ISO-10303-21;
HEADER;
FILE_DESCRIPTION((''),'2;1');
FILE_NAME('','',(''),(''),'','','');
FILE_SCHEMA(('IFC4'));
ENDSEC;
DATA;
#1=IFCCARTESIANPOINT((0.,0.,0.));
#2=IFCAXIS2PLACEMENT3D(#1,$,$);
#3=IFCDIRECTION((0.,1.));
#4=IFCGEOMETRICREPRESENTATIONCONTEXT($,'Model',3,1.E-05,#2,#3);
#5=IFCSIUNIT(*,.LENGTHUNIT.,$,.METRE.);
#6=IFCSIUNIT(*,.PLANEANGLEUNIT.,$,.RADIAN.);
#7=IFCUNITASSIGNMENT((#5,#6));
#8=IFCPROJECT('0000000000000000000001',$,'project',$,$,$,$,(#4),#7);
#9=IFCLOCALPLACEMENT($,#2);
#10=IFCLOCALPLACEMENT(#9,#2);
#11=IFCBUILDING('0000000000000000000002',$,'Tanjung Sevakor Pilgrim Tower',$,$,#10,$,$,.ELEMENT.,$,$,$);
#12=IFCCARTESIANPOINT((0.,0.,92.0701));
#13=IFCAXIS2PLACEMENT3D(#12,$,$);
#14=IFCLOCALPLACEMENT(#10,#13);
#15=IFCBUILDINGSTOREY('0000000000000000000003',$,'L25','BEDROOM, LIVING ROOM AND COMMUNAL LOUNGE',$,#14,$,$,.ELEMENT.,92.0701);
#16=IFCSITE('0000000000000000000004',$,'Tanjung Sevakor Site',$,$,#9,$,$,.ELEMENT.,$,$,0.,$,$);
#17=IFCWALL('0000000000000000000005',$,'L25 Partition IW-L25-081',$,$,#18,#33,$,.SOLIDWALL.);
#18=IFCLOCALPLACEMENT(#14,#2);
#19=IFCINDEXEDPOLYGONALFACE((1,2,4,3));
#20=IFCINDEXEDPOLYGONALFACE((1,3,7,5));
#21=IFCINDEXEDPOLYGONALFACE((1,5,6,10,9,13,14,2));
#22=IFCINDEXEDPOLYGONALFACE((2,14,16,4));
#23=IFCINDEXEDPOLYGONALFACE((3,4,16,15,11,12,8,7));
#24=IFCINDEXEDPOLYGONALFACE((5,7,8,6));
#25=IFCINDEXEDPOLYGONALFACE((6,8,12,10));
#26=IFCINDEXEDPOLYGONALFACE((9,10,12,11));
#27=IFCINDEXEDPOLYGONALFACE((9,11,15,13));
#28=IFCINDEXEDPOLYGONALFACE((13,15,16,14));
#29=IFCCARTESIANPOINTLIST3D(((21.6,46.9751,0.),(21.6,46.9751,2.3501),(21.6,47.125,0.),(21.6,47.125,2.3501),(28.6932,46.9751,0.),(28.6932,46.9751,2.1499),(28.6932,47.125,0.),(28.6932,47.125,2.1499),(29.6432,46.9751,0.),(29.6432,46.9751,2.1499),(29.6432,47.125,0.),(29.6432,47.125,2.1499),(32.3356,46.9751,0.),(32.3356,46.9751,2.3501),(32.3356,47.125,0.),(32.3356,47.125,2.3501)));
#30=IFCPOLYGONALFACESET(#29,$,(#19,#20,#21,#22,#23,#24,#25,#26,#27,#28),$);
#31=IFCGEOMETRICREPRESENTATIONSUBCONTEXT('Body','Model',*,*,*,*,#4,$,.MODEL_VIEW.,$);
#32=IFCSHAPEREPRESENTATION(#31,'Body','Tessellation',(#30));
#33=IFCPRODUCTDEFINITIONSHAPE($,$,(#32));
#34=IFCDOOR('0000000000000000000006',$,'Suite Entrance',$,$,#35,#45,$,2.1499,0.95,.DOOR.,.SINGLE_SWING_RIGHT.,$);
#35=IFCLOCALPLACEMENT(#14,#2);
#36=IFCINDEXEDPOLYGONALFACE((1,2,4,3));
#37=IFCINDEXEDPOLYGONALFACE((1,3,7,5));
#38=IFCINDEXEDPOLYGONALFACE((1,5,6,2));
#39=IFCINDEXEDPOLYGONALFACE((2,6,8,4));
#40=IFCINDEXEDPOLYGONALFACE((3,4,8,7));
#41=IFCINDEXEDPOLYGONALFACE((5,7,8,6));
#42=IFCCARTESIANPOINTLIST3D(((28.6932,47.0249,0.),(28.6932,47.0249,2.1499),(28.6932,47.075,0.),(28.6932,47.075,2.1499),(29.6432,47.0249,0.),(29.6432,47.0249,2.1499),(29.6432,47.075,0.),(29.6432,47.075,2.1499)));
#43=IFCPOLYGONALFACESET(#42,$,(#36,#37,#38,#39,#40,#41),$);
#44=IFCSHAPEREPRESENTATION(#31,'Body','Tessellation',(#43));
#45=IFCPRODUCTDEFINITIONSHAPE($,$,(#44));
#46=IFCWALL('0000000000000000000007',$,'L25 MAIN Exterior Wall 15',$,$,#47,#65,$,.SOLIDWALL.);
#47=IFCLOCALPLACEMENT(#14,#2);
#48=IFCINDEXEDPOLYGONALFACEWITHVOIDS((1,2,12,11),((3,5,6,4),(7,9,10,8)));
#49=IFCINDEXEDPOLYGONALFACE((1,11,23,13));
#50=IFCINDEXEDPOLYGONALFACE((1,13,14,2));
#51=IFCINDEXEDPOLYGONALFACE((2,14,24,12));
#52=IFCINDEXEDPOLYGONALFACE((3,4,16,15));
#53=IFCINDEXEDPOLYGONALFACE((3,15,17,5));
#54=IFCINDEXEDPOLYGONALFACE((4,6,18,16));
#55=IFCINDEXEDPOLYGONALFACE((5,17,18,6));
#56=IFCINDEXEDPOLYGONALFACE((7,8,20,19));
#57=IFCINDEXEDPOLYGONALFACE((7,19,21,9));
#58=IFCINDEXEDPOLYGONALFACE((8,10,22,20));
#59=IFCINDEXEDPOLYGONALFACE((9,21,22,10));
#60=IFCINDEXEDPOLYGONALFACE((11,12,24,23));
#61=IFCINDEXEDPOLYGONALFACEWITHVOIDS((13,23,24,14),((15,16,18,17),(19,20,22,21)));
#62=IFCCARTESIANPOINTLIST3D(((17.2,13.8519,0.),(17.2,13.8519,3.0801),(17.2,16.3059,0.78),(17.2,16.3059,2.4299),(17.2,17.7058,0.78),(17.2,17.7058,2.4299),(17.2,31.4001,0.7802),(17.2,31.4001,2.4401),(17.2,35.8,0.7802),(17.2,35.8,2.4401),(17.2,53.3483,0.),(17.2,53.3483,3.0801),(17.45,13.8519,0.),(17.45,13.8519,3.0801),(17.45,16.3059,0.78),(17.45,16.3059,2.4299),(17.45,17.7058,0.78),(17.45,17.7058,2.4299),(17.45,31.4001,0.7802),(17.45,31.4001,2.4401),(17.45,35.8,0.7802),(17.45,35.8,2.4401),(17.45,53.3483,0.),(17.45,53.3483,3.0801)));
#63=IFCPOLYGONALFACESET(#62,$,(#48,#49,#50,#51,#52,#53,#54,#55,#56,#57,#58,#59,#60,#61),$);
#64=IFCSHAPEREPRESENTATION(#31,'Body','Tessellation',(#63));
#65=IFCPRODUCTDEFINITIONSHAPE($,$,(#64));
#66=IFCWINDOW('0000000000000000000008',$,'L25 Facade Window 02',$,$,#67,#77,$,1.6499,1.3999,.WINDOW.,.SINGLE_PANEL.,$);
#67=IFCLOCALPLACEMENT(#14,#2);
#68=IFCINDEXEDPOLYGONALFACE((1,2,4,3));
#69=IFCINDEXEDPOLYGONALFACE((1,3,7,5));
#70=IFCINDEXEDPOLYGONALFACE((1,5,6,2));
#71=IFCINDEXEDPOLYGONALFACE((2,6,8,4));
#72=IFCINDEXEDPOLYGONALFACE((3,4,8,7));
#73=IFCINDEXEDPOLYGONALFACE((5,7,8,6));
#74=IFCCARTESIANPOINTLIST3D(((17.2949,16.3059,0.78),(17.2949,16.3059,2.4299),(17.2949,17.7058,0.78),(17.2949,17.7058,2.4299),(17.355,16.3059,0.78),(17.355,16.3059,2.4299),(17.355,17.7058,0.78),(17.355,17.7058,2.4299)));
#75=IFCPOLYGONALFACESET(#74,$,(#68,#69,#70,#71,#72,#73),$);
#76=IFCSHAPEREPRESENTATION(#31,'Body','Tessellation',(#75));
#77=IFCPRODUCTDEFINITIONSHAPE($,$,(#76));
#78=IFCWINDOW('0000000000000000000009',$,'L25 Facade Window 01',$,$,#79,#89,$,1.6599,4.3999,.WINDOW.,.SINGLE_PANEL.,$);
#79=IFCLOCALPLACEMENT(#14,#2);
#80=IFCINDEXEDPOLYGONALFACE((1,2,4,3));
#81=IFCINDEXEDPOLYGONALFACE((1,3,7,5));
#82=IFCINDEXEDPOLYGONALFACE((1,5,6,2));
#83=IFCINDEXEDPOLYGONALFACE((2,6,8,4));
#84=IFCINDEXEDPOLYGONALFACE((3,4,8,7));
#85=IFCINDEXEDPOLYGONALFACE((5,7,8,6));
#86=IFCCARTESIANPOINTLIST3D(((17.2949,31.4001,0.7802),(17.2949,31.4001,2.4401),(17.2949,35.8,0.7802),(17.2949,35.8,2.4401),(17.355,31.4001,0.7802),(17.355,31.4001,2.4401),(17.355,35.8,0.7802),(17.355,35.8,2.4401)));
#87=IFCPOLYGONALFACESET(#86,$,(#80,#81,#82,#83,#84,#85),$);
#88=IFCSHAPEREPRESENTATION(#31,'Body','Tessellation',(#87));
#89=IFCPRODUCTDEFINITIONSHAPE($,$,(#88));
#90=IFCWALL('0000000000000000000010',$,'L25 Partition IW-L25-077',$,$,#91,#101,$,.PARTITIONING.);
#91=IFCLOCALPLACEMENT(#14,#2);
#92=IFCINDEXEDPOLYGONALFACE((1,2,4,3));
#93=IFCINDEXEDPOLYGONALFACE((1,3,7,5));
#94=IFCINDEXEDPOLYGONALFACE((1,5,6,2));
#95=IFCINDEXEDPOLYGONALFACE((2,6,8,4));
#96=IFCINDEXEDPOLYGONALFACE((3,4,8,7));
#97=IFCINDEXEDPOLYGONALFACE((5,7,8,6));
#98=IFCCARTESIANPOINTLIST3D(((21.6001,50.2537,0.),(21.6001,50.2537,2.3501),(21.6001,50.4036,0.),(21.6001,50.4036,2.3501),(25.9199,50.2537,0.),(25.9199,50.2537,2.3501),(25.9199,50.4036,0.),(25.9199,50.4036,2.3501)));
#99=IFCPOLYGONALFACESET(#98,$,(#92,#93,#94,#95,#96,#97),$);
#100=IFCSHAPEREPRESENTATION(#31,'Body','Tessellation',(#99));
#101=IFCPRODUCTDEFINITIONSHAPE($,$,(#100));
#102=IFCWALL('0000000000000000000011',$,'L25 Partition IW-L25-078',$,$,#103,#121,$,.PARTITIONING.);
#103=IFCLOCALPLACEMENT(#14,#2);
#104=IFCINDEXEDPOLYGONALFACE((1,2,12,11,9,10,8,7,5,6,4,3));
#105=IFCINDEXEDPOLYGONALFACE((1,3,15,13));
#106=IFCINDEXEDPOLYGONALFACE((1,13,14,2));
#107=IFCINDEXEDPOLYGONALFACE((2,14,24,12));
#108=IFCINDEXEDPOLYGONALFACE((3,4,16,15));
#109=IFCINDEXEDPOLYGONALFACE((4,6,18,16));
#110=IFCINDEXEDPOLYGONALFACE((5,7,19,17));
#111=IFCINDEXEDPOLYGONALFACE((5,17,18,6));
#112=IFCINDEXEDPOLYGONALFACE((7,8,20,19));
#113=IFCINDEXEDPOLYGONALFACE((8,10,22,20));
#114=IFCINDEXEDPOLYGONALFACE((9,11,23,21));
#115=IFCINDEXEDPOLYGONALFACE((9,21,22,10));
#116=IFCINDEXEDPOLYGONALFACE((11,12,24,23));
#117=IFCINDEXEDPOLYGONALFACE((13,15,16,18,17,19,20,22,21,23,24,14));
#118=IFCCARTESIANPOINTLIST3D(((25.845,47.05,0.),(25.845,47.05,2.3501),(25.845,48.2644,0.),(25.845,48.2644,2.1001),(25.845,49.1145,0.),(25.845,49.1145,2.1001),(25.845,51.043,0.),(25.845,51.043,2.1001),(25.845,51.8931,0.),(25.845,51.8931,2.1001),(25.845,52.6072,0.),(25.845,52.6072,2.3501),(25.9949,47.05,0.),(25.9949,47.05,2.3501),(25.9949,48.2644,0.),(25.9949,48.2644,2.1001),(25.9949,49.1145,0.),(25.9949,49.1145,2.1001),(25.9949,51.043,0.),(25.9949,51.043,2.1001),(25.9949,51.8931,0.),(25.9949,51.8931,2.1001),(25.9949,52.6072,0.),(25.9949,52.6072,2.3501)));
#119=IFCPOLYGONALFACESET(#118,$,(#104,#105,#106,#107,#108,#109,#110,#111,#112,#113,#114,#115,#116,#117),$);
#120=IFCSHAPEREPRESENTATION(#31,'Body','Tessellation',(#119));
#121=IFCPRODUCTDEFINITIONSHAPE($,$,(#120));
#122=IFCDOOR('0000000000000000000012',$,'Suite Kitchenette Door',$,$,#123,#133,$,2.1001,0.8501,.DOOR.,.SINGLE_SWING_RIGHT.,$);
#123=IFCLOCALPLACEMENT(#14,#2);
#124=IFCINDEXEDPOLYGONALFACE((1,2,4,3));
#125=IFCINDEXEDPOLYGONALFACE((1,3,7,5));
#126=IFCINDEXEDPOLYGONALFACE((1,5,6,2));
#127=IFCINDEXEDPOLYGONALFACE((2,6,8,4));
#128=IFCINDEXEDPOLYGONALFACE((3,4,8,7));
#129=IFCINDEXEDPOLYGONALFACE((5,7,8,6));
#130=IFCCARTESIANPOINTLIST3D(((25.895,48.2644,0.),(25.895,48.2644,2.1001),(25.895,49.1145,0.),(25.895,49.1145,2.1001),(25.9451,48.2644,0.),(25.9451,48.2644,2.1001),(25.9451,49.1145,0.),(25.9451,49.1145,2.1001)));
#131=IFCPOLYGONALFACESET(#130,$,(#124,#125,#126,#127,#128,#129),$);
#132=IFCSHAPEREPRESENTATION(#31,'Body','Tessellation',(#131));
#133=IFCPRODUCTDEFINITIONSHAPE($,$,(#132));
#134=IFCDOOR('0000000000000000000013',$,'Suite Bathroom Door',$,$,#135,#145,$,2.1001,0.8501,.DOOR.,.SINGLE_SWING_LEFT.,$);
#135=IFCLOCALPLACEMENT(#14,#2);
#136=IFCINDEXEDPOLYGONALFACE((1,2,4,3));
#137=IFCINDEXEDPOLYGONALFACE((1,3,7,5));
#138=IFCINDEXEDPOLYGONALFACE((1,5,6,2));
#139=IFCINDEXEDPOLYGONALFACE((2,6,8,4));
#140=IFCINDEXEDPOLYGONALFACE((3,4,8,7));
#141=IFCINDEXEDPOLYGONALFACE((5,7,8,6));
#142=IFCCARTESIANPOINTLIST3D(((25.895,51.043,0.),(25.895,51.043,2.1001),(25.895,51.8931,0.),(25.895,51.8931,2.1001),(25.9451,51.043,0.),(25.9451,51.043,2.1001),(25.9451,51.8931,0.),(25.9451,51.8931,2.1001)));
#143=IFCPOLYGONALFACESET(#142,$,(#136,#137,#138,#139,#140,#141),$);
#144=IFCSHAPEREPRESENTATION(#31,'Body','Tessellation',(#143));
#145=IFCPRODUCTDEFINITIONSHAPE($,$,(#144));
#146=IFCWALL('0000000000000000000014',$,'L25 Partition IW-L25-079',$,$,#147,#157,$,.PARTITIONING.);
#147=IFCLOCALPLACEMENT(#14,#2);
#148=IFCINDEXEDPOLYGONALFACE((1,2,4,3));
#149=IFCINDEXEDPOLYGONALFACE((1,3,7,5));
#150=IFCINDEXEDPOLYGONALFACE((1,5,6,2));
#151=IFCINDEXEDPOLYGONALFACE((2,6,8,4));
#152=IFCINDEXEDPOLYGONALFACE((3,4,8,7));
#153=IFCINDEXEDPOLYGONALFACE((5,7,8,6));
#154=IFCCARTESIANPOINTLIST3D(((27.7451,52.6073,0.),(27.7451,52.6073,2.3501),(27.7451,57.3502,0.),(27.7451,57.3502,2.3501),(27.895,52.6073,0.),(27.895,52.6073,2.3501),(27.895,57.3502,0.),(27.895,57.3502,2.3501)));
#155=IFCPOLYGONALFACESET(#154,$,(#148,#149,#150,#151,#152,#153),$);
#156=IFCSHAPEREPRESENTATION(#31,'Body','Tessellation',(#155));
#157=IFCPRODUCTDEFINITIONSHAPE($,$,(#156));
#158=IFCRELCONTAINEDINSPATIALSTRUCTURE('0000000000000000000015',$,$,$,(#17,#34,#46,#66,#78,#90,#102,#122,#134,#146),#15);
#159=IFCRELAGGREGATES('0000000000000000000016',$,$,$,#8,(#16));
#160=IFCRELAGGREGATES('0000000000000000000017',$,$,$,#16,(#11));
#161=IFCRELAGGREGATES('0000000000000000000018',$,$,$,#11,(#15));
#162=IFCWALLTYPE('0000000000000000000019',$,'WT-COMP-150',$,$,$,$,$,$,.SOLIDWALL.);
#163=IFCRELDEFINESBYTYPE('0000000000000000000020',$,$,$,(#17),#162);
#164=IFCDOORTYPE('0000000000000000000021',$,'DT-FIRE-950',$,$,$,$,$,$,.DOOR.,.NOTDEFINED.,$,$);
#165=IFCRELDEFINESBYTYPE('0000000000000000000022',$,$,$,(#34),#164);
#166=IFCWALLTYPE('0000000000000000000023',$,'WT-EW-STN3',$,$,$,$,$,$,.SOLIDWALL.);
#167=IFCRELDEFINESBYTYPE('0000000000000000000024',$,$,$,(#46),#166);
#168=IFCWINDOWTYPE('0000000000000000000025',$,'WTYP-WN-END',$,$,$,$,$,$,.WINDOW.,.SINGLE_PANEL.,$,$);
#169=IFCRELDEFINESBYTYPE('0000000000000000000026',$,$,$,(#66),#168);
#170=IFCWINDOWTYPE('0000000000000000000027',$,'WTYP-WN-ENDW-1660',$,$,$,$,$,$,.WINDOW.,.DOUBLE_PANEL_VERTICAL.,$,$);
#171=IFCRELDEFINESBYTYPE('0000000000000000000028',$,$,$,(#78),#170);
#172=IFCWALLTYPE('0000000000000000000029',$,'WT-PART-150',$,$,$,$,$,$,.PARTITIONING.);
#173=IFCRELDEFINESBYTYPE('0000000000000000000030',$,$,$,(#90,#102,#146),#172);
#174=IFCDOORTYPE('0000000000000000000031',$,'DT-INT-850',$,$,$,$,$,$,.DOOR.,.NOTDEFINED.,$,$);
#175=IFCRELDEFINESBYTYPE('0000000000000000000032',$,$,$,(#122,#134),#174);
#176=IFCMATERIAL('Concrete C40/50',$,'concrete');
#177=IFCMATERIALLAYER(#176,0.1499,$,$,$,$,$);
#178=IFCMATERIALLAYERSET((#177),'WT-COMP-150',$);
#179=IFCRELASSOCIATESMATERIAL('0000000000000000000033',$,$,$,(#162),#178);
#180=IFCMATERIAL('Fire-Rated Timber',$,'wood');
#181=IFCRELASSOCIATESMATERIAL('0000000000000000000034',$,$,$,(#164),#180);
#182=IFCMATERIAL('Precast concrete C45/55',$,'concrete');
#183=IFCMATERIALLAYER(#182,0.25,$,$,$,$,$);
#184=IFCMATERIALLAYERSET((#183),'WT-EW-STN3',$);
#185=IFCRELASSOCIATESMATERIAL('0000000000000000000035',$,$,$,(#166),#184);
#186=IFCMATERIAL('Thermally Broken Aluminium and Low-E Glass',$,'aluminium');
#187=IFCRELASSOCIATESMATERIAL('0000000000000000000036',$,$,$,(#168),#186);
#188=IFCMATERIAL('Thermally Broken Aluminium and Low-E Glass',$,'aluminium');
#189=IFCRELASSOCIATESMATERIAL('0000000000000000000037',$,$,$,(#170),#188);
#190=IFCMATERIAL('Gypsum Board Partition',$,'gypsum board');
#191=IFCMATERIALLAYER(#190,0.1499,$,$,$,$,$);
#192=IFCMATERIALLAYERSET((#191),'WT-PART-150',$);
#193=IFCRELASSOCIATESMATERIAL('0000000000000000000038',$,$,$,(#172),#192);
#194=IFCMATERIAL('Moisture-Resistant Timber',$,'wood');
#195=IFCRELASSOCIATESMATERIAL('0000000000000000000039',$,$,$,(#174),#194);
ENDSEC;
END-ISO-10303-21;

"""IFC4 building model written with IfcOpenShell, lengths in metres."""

from ifc_helpers import new_model, si_unit, direction, frame, frame_2d, origin, place, context, subcontext, project, spatial, rectangle, extrude, material, layer, layer_set, type_object, element, fill, save


model = new_model("IFC4")

# Units and contexts
model_context = context("Model", 3, precision=1e-05, world=origin(), true_north=direction((0.0, 1.0)))
body_context = subcontext(model_context, "Body", "Model", "MODEL_VIEW")
ifc_project = project(units=[si_unit("LENGTHUNIT", "METRE"), si_unit("PLANEANGLEUNIT", "RADIAN")], contexts=[model_context])

# Site, building, storey
site_placement = place(None, origin())
site = spatial("IfcSite", under=ifc_project, at=site_placement, Name="Tanjung Sevakor Site", CompositionType="ELEMENT", RefElevation=0.0)
building_placement = place(site_placement, origin())
building = spatial("IfcBuilding", under=site, at=building_placement, Name="Tanjung Sevakor Pilgrim Tower", CompositionType="ELEMENT")
storey_placement = place(building_placement, frame((0.0, 0.0, 92.0701)))
storey = spatial("IfcBuildingStorey", under=building, at=storey_placement, Name="L25", Description="BEDROOM, LIVING ROOM AND COMMUNAL LOUNGE", CompositionType="ELEMENT", Elevation=92.0701)

# Shared definitions
ifc_material_1 = material(Name="Concrete C40/50", Category="concrete")
ifc_layer_1 = layer(ifc_material_1, 0.1499)
ifc_layer_set_1 = layer_set([ifc_layer_1], Name="WT-COMP-150")
wall_type_1 = type_object("IfcWallType", Name="WT-COMP-150", PredefinedType="SOLIDWALL", material=ifc_layer_set_1)

# Wall, opening, door
wall_1_placement = place(storey_placement, frame((21.6001, 47.05, 0.0), z_axis=(0.0, 0.0, 1.0), x_axis=(1.0, 0.0, 0.0)))
wall_1 = element("IfcWall", 1, at=wall_1_placement, inside=storey, type_object=wall_type_1, Name="L25 Partition IW-L25-081", PredefinedType="SOLIDWALL", context=body_context, shape_type="SweptSolid", body=[
    extrude(rectangle(XDim=10.7356, YDim=0.1499, at=frame_2d((5.3677, 0.0))), origin(), (0.0, 0.0, 1.0), 2.3501),
])
opening_1_placement = place(wall_1_placement, frame((7.093, 0.0, 0.0)))
opening_1 = element("IfcOpeningElement", 2, at=opening_1_placement, cuts=wall_1, PredefinedType="OPENING", context=body_context, shape_type="SweptSolid", body=[
    extrude(rectangle(XDim=0.95, YDim=2.1499, at=frame_2d((0.4751, 1.075))), frame((0.0, 0.085, 0.0), z_axis=(0.0, -1.0, 0.0), x_axis=(1.0, 0.0, 0.0)), (0.0, 0.0, 1.0), 0.1699),
])
ifc_material_2 = material(Name="Fire-Rated Timber", Category="wood")
door_type_1 = type_object("IfcDoorType", Name="DT-FIRE-950", OperationType="NOTDEFINED", PredefinedType="DOOR", material=ifc_material_2)
door_1_placement = place(opening_1_placement, origin())
door_1 = element("IfcDoor", 3, at=door_1_placement, inside=storey, type_object=door_type_1, Name="Suite Entrance", OperationType="SINGLE_SWING_RIGHT", OverallHeight=2.1499, OverallWidth=0.95, PredefinedType="DOOR", context=body_context, shape_type="SweptSolid", body=[
    extrude(rectangle(XDim=0.95, YDim=2.1499, at=frame_2d((0.4751, 1.075))), frame((0.0, 0.0249, 0.0), z_axis=(0.0, -1.0, 0.0), x_axis=(1.0, 0.0, 0.0)), (0.0, 0.0, 1.0), 0.05),
])
fill(opening_1, door_1)

# Wall, openings, windows
ifc_material_3 = material(Name="Precast concrete C45/55", Category="concrete")
ifc_layer_2 = layer(ifc_material_3, 0.25)
ifc_layer_set_2 = layer_set([ifc_layer_2], Name="WT-EW-STN3")
wall_type_2 = type_object("IfcWallType", Name="WT-EW-STN3", PredefinedType="SOLIDWALL", material=ifc_layer_set_2)
wall_2_placement = place(storey_placement, frame((17.325, 53.3481, 0.0), z_axis=(0.0, 0.0, 1.0), x_axis=(0.0, -1.0, 0.0)))
wall_2 = element("IfcWall", 4, at=wall_2_placement, inside=storey, type_object=wall_type_2, Name="L25 MAIN Exterior Wall 15", PredefinedType="SOLIDWALL", context=body_context, shape_type="SweptSolid", body=[
    extrude(rectangle(XDim=39.4963, YDim=0.25, at=frame_2d((19.748, 0.0))), origin(), (0.0, 0.0, 1.0), 3.0801),
])
opening_2_placement = place(wall_2_placement, frame((17.5481, 0.0, 0.78)))
opening_2 = element("IfcOpeningElement", 5, at=opening_2_placement, cuts=wall_2, PredefinedType="OPENING", context=body_context, shape_type="SweptSolid", body=[
    extrude(rectangle(XDim=4.3999, YDim=1.6599, at=frame_2d((2.2, 0.8301))), frame((0.0, 0.135, 0.0), z_axis=(0.0, -1.0, 0.0), x_axis=(1.0, 0.0, 0.0)), (0.0, 0.0, 1.0), 0.27),
])
opening_3_placement = place(wall_2_placement, frame((35.6423, 0.0, 0.78)))
opening_3 = element("IfcOpeningElement", 6, at=opening_3_placement, cuts=wall_2, PredefinedType="OPENING", context=body_context, shape_type="SweptSolid", body=[
    extrude(rectangle(XDim=1.3999, YDim=1.6499, at=frame_2d((0.7, 0.825))), frame((0.0, 0.135, 0.0), z_axis=(0.0, -1.0, 0.0), x_axis=(1.0, 0.0, 0.0)), (0.0, 0.0, 1.0), 0.27),
])
ifc_material_4 = material(Name="Thermally Broken Aluminium and Low-E Glass", Category="aluminium")
window_type_1 = type_object("IfcWindowType", Name="WTYP-WN-END", PartitioningType="SINGLE_PANEL", PredefinedType="WINDOW", material=ifc_material_4)
window_1_placement = place(opening_3_placement, origin())
window_1 = element("IfcWindow", 7, at=window_1_placement, inside=storey, type_object=window_type_1, Name="L25 Facade Window 02", OverallHeight=1.6499, OverallWidth=1.3999, PartitioningType="SINGLE_PANEL", PredefinedType="WINDOW", context=body_context, shape_type="SweptSolid", body=[
    extrude(rectangle(XDim=1.3999, YDim=1.6499, at=frame_2d((0.7, 0.825))), frame((0.0, 0.03, 0.0), z_axis=(0.0, -1.0, 0.0), x_axis=(1.0, 0.0, 0.0)), (0.0, 0.0, 1.0), 0.0601),
])
fill(opening_3, window_1)
ifc_material_5 = material(Name="Thermally Broken Aluminium and Low-E Glass", Category="aluminium")
window_type_2 = type_object("IfcWindowType", Name="WTYP-WN-ENDW-1660", PartitioningType="DOUBLE_PANEL_VERTICAL", PredefinedType="WINDOW", material=ifc_material_5)
window_2_placement = place(opening_2_placement, origin())
window_2 = element("IfcWindow", 8, at=window_2_placement, inside=storey, type_object=window_type_2, Name="L25 Facade Window 01", OverallHeight=1.6599, OverallWidth=4.3999, PartitioningType="SINGLE_PANEL", PredefinedType="WINDOW", context=body_context, shape_type="SweptSolid", body=[
    extrude(rectangle(XDim=4.3999, YDim=1.6599, at=frame_2d((2.2, 0.8301))), frame((0.0, 0.03, 0.0), z_axis=(0.0, -1.0, 0.0), x_axis=(1.0, 0.0, 0.0)), (0.0, 0.0, 1.0), 0.0601),
])
fill(opening_2, window_2)

# Wall
ifc_material_6 = material(Name="Gypsum Board Partition", Category="gypsum board")
ifc_layer_3 = layer(ifc_material_6, 0.1499)
ifc_layer_set_3 = layer_set([ifc_layer_3], Name="WT-PART-150")
wall_type_3 = type_object("IfcWallType", Name="WT-PART-150", PredefinedType="PARTITIONING", material=ifc_layer_set_3)
wall_3_placement = place(storey_placement, frame((21.6001, 50.3286, 0.0), z_axis=(0.0, 0.0, 1.0), x_axis=(1.0, 0.0, 0.0)))
element("IfcWall", 9, at=wall_3_placement, inside=storey, type_object=wall_type_3, Name="L25 Partition IW-L25-077", PredefinedType="PARTITIONING", context=body_context, shape_type="SweptSolid", body=[
    extrude(rectangle(XDim=4.3198, YDim=0.1499, at=frame_2d((2.1599, 0.0))), origin(), (0.0, 0.0, 1.0), 2.3501),
])

# Wall, openings, doors
wall_4_placement = place(storey_placement, frame((25.9199, 47.05, 0.0), z_axis=(0.0, 0.0, 1.0), x_axis=(0.0, 1.0, 0.0)))
wall_4 = element("IfcWall", 10, at=wall_4_placement, inside=storey, type_object=wall_type_3, Name="L25 Partition IW-L25-078", PredefinedType="PARTITIONING", context=body_context, shape_type="SweptSolid", body=[
    extrude(rectangle(XDim=5.5571, YDim=0.1499, at=frame_2d((2.7786, 0.0))), origin(), (0.0, 0.0, 1.0), 2.3501),
])
opening_4_placement = place(wall_4_placement, frame((1.2144, 0.0, 0.0)))
opening_4 = element("IfcOpeningElement", 11, at=opening_4_placement, cuts=wall_4, PredefinedType="OPENING", context=body_context, shape_type="SweptSolid", body=[
    extrude(rectangle(XDim=0.8501, YDim=2.1001, at=frame_2d((0.425, 1.05))), frame((0.0, 0.085, 0.0), z_axis=(0.0, -1.0, 0.0), x_axis=(1.0, 0.0, 0.0)), (0.0, 0.0, 1.0), 0.1699),
])
opening_5_placement = place(wall_4_placement, frame((3.9929, 0.0, 0.0)))
opening_5 = element("IfcOpeningElement", 12, at=opening_5_placement, cuts=wall_4, PredefinedType="OPENING", context=body_context, shape_type="SweptSolid", body=[
    extrude(rectangle(XDim=0.8501, YDim=2.1001, at=frame_2d((0.425, 1.05))), frame((0.0, 0.085, 0.0), z_axis=(0.0, -1.0, 0.0), x_axis=(1.0, 0.0, 0.0)), (0.0, 0.0, 1.0), 0.1699),
])
ifc_material_7 = material(Name="Moisture-Resistant Timber", Category="wood")
door_type_2 = type_object("IfcDoorType", Name="DT-INT-850", OperationType="NOTDEFINED", PredefinedType="DOOR", material=ifc_material_7)
door_2_placement = place(opening_4_placement, origin())
door_2 = element("IfcDoor", 13, at=door_2_placement, inside=storey, type_object=door_type_2, Name="Suite Kitchenette Door", OperationType="SINGLE_SWING_RIGHT", OverallHeight=2.1001, OverallWidth=0.8501, PredefinedType="DOOR", context=body_context, shape_type="SweptSolid", body=[
    extrude(rectangle(XDim=0.8501, YDim=2.1001, at=frame_2d((0.425, 1.05))), frame((0.0, 0.0249, 0.0), z_axis=(0.0, -1.0, 0.0), x_axis=(1.0, 0.0, 0.0)), (0.0, 0.0, 1.0), 0.05),
])
fill(opening_4, door_2)
door_3_placement = place(opening_5_placement, origin())
door_3 = element("IfcDoor", 14, at=door_3_placement, inside=storey, type_object=door_type_2, Name="Suite Bathroom Door", OperationType="SINGLE_SWING_LEFT", OverallHeight=2.1001, OverallWidth=0.8501, PredefinedType="DOOR", context=body_context, shape_type="SweptSolid", body=[
    extrude(rectangle(XDim=0.8501, YDim=2.1001, at=frame_2d((0.425, 1.05))), frame((0.0, 0.0249, 0.0), z_axis=(0.0, -1.0, 0.0), x_axis=(1.0, 0.0, 0.0)), (0.0, 0.0, 1.0), 0.05),
])
fill(opening_5, door_3)

# Wall
wall_5_placement = place(storey_placement, frame((27.8201, 52.6072, 0.0), z_axis=(0.0, 0.0, 1.0), x_axis=(0.0, 1.0, 0.0)))
element("IfcWall", 15, at=wall_5_placement, inside=storey, type_object=wall_type_3, Name="L25 Partition IW-L25-079", PredefinedType="PARTITIONING", context=body_context, shape_type="SweptSolid", body=[
    extrude(rectangle(XDim=4.7429, YDim=0.1499, at=frame_2d((2.3716, 0.0))), origin(), (0.0, 0.0, 1.0), 2.3501),
])

save(model, "model.ifc")
